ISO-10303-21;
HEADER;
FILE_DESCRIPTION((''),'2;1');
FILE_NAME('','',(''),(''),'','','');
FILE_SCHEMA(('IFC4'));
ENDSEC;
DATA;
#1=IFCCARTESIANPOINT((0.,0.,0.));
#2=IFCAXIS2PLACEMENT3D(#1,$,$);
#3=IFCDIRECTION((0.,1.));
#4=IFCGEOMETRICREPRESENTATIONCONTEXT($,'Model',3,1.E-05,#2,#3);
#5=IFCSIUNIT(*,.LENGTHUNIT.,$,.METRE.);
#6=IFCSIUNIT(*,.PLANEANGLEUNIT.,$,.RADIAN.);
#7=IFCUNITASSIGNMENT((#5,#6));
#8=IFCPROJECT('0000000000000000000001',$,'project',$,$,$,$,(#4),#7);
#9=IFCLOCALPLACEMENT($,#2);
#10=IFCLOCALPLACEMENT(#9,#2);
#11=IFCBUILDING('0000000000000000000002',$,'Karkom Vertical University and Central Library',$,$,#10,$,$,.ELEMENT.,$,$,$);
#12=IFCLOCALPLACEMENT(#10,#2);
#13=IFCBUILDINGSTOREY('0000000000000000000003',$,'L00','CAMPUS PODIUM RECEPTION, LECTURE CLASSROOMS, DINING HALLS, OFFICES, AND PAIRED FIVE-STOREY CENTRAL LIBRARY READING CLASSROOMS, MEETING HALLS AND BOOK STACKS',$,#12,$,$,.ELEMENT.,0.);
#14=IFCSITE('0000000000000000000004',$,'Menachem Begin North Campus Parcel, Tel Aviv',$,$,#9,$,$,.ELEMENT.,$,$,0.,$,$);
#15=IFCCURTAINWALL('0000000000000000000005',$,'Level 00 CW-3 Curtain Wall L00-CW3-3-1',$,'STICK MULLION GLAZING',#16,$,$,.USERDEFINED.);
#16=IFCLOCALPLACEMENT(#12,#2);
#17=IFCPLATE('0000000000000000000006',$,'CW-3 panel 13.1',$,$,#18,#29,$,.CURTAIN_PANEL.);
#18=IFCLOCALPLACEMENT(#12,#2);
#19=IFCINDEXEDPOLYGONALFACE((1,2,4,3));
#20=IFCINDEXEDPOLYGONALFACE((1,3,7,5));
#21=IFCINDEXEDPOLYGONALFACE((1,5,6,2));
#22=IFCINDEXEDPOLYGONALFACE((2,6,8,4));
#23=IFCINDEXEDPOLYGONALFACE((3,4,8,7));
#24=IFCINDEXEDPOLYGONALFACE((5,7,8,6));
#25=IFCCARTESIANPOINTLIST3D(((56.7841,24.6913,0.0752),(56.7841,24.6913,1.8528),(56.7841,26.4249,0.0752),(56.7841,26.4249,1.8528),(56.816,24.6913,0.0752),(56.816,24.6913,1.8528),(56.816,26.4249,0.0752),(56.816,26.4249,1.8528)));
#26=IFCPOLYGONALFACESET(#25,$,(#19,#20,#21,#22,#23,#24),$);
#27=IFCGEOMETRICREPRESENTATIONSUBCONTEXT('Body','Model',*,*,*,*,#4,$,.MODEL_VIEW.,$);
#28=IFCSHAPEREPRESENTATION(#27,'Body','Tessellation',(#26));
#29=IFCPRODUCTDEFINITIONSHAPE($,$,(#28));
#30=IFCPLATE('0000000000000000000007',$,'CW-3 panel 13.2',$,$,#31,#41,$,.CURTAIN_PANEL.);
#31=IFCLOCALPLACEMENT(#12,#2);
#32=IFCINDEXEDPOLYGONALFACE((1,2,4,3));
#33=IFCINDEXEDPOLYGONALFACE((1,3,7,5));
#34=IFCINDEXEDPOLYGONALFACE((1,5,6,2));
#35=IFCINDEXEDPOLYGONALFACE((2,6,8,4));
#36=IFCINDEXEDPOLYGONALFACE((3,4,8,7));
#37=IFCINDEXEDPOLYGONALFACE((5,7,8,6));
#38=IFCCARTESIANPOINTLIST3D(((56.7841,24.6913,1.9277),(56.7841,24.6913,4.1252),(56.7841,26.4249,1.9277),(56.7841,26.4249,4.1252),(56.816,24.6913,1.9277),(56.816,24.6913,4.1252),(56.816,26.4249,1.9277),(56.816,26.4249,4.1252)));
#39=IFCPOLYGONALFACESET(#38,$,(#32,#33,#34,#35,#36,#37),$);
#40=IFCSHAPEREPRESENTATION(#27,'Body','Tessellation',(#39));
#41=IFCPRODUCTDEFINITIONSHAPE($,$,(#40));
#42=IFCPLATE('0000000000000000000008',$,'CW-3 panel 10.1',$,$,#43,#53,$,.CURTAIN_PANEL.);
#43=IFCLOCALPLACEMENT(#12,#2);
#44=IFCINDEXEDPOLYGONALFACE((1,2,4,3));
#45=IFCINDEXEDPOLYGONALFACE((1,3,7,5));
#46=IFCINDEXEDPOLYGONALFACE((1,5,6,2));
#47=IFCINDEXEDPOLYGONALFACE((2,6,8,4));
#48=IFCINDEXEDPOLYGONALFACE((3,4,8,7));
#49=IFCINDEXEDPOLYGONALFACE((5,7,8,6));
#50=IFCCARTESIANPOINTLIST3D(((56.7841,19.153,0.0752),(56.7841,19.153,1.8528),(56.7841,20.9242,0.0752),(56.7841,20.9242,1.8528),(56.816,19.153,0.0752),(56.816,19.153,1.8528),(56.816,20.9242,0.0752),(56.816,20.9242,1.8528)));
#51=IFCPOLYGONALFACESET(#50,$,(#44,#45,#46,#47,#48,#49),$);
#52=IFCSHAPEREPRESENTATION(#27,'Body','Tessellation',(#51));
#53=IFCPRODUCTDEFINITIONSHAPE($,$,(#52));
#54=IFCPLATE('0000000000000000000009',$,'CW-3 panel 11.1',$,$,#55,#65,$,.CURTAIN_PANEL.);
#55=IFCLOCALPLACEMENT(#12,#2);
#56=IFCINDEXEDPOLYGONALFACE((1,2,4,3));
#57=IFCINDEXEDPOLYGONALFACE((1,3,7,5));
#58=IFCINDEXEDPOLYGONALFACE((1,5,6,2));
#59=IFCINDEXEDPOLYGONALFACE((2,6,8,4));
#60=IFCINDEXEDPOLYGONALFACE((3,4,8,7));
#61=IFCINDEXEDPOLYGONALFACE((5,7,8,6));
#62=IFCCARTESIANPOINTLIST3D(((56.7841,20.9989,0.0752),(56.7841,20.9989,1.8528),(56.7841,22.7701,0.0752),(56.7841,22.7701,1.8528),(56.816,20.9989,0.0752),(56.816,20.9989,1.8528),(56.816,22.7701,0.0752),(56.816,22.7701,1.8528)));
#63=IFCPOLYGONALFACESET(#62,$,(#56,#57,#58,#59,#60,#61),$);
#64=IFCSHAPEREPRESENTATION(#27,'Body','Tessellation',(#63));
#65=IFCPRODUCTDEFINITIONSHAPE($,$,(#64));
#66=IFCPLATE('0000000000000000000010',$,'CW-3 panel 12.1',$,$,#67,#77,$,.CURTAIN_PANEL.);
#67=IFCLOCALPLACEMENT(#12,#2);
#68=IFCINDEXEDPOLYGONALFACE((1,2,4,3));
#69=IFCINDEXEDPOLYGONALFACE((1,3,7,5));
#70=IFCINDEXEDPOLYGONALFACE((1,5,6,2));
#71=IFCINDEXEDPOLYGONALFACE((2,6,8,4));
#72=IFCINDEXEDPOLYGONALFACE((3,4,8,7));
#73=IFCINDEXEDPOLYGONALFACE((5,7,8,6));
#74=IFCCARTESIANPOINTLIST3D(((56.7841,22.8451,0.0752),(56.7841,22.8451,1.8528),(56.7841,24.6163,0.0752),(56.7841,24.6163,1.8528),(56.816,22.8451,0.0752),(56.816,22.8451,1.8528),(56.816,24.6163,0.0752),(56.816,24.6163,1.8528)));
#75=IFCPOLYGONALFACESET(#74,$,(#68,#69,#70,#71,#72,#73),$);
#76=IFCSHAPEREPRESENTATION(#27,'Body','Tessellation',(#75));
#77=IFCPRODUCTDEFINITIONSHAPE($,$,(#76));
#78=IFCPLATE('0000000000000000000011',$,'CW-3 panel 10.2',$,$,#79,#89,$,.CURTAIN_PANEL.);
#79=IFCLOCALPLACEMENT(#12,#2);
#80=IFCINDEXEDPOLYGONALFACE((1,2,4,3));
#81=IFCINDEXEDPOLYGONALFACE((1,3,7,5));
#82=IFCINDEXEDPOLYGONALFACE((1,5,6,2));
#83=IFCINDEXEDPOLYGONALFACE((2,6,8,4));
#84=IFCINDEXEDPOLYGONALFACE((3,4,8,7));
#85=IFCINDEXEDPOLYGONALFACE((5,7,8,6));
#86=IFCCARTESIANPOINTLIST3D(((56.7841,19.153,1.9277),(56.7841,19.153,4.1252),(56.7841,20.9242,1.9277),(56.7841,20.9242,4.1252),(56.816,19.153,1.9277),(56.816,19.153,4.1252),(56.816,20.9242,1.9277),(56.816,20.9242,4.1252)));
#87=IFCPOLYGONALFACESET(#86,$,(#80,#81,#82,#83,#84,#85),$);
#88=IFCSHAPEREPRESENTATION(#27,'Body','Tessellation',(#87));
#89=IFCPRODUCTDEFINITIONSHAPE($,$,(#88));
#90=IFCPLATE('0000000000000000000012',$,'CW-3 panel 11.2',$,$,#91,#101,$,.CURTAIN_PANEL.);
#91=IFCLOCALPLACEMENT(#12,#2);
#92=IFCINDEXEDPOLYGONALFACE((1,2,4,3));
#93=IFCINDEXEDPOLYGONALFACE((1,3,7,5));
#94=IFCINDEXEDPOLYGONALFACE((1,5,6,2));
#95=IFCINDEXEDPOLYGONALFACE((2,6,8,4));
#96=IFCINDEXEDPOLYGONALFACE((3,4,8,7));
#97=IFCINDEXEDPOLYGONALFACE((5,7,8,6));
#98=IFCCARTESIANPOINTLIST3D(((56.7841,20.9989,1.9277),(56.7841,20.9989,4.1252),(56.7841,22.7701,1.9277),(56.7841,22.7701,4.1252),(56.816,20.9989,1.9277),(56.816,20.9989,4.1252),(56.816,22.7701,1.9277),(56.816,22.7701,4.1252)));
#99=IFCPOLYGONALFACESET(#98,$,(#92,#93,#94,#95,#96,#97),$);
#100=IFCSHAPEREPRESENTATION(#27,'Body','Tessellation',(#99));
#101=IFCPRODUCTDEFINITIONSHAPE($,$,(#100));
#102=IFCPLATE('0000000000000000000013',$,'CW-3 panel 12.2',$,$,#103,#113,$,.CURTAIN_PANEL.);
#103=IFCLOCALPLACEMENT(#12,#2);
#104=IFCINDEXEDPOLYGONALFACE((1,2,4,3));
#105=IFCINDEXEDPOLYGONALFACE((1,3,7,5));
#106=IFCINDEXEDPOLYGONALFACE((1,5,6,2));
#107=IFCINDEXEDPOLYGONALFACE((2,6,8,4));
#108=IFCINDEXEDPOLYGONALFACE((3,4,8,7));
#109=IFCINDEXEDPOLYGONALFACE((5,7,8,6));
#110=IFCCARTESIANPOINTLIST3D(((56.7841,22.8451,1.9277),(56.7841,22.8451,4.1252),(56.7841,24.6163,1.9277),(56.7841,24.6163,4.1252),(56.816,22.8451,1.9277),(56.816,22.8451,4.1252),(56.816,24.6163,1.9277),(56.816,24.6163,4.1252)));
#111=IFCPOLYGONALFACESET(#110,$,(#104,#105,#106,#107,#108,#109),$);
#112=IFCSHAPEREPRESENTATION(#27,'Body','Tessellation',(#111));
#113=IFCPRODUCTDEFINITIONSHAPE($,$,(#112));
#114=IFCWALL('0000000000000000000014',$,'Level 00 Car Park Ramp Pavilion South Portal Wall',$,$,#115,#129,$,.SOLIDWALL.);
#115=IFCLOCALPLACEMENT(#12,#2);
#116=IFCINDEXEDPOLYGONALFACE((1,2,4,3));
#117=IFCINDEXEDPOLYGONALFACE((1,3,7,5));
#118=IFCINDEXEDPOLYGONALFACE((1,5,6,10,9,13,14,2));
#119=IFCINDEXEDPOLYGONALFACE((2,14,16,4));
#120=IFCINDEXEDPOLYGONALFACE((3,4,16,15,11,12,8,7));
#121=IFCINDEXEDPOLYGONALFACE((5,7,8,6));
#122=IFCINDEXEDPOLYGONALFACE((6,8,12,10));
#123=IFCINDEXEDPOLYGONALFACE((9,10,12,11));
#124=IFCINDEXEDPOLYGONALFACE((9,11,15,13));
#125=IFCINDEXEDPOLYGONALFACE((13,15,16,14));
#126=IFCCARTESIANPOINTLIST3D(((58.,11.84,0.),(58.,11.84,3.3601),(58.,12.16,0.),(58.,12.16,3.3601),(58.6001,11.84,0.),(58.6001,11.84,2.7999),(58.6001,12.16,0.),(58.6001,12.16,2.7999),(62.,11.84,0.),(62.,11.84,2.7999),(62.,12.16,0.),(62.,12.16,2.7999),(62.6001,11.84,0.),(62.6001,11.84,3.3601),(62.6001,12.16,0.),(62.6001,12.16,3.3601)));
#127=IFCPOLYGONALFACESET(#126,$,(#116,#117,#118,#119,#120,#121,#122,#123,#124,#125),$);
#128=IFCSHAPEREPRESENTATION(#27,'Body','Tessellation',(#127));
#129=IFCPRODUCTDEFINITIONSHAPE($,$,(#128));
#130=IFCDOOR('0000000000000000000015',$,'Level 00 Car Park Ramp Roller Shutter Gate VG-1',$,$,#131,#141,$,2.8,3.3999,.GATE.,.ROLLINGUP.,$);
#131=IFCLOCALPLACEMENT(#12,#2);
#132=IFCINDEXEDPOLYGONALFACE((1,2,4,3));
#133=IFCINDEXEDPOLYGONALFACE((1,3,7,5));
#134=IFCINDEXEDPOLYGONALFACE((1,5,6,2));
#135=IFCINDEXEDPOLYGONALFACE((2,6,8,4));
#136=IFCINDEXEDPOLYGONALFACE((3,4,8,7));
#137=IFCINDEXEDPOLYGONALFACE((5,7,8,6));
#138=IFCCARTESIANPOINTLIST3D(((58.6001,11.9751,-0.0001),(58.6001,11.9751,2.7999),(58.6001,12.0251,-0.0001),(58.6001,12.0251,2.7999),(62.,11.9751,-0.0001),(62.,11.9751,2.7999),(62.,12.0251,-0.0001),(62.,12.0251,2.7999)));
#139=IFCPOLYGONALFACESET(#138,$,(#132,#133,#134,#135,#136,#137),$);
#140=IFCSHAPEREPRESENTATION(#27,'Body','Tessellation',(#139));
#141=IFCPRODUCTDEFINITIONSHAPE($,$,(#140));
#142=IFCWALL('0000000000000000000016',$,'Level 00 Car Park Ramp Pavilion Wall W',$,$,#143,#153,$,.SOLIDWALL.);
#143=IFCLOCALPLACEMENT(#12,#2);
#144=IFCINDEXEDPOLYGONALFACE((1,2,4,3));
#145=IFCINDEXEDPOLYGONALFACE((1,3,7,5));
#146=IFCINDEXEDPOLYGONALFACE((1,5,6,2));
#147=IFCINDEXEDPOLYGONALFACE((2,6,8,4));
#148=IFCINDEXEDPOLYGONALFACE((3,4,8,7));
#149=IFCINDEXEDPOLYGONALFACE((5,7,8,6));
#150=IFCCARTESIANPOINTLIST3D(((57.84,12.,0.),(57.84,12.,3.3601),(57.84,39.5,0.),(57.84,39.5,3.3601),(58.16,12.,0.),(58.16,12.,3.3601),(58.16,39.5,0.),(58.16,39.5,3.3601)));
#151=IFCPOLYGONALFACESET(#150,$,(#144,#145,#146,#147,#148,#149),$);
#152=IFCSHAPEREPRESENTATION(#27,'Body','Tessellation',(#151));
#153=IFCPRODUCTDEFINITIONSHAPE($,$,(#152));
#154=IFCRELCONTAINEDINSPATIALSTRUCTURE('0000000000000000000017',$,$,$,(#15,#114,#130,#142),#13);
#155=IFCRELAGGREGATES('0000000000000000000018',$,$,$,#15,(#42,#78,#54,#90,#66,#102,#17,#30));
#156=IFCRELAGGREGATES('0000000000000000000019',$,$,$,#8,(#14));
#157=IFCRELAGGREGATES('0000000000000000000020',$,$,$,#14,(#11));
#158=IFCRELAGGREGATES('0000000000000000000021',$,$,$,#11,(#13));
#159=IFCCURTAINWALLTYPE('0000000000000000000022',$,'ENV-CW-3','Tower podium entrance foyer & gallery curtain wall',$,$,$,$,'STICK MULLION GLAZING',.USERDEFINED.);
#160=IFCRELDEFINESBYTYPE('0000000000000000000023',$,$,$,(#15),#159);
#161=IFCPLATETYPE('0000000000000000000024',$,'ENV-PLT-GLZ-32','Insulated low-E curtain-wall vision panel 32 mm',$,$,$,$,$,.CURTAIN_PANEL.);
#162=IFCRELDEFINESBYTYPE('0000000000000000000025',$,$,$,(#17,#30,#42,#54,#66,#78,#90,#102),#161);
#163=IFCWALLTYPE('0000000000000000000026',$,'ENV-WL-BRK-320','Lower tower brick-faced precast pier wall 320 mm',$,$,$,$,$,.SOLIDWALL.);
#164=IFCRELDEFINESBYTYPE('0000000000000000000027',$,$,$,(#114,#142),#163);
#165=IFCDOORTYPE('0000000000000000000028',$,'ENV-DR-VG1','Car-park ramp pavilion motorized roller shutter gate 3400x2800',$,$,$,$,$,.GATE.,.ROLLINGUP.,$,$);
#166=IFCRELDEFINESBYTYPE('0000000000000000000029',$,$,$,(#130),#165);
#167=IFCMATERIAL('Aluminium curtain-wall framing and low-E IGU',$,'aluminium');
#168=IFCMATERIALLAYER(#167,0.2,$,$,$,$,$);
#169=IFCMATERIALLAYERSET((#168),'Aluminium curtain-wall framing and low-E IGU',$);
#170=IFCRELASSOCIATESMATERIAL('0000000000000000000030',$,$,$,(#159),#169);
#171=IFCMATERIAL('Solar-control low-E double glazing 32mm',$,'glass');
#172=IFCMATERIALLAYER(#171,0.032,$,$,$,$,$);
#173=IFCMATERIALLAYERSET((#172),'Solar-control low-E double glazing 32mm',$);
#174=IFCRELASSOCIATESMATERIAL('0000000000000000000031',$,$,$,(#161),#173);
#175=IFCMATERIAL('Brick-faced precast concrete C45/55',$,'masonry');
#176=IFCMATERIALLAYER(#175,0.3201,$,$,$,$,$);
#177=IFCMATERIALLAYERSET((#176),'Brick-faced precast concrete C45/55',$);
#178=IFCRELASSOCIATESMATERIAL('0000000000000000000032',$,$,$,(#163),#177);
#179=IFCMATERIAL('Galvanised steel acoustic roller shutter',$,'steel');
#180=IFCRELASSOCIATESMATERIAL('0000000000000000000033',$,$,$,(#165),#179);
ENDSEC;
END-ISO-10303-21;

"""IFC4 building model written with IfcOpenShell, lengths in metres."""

from ifc_helpers import new_model, si_unit, direction, frame, frame_2d, origin, origin_with_axes, origin_2d, place, context, subcontext, project, spatial, rectangle, extrude, source, transform, mapped, material, layer, layer_set, type_object, element, fill, aggregate, save


model = new_model("IFC4")

# Units and contexts
model_context = context("Model", 3, precision=1e-05, world=origin(), true_north=direction((0.0, 1.0)))
body_context = subcontext(model_context, "Body", "Model", "MODEL_VIEW")
ifc_project = project(units=[si_unit("LENGTHUNIT", "METRE"), si_unit("PLANEANGLEUNIT", "RADIAN")], contexts=[model_context])

# Site, building, storey
site_placement = place(None, origin())
site = spatial("IfcSite", under=ifc_project, at=site_placement, Name="Menachem Begin North Campus Parcel, Tel Aviv", CompositionType="ELEMENT", RefElevation=0.0)
building_placement = place(site_placement, origin())
building = spatial("IfcBuilding", under=site, at=building_placement, Name="Karkom Vertical University and Central Library", CompositionType="ELEMENT")
storey_placement = place(building_placement, origin())
storey = spatial("IfcBuildingStorey", under=building, at=storey_placement, Name="L00", Description="CAMPUS PODIUM RECEPTION, LECTURE CLASSROOMS, DINING HALLS, OFFICES, AND PAIRED FIVE-STOREY CENTRAL LIBRARY READING CLASSROOMS, MEETING HALLS AND BOOK STACKS", CompositionType="ELEMENT", Elevation=0.0)

# Curtain wall, plates
ifc_material_1 = material(Name="Aluminium curtain-wall framing and low-E IGU", Category="aluminium")
ifc_layer_1 = layer(ifc_material_1, 0.2)
ifc_layer_set_1 = layer_set([ifc_layer_1], Name="Aluminium curtain-wall framing and low-E IGU")
curtain_wall_type = type_object("IfcCurtainWallType", Name="ENV-CW-3", Description="Tower podium entrance foyer & gallery curtain wall", ElementType="STICK MULLION GLAZING", PredefinedType="USERDEFINED", material=ifc_layer_set_1)
curtain_wall_placement = place(storey_placement, origin())
curtain_wall = element("IfcCurtainWall", 1, at=curtain_wall_placement, inside=storey, type_object=curtain_wall_type, Name="Level 00 CW-3 Curtain Wall L00-CW3-3-1", ObjectType="STICK MULLION GLAZING", PredefinedType="USERDEFINED")
ifc_material_2 = material(Name="Solar-control low-E double glazing 32mm", Category="glass")
ifc_layer_2 = layer(ifc_material_2, 0.032)
ifc_layer_set_2 = layer_set([ifc_layer_2], Name="Solar-control low-E double glazing 32mm")
plate_type = type_object("IfcPlateType", Name="ENV-PLT-GLZ-32", Description="Insulated low-E curtain-wall vision panel 32 mm", PredefinedType="CURTAIN_PANEL", material=ifc_layer_set_2)
shared_shape_1 = source(origin_with_axes(), body_context, "Body", "SweptSolid", [
    extrude(rectangle(XDim=1.7336, YDim=0.032, at=origin_2d()), origin(), (0.0, 0.0, 1.0), 1.7776),
])
plate_1_placement = place(storey_placement, frame((56.8, 25.5581, 0.0752), z_axis=(0.0, 0.0, 1.0), x_axis=(0.0, 1.0, 0.0)))
plate_1 = element("IfcPlate", 2, at=plate_1_placement, type_object=plate_type, Name="CW-3 panel 13.1", PredefinedType="CURTAIN_PANEL", context=body_context, shape_type="MappedRepresentation", body=[
    mapped(shared_shape_1, transform((0.0, 0.0, 0.0), scale=1.0)),
])
shared_shape_2 = source(origin_with_axes(), body_context, "Body", "SweptSolid", [
    extrude(rectangle(XDim=1.7336, YDim=0.032, at=origin_2d()), origin(), (0.0, 0.0, 1.0), 2.1975),
])
plate_2_placement = place(storey_placement, frame((56.8, 25.5581, 1.9277), z_axis=(0.0, 0.0, 1.0), x_axis=(0.0, 1.0, 0.0)))
plate_2 = element("IfcPlate", 3, at=plate_2_placement, type_object=plate_type, Name="CW-3 panel 13.2", PredefinedType="CURTAIN_PANEL", context=body_context, shape_type="MappedRepresentation", body=[
    mapped(shared_shape_2, transform((0.0, 0.0, 0.0), scale=1.0)),
])
shared_shape_3 = source(origin_with_axes(), body_context, "Body", "SweptSolid", [
    extrude(rectangle(XDim=1.7712, YDim=0.032, at=origin_2d()), origin(), (0.0, 0.0, 1.0), 1.7776),
])
plate_3_placement = place(storey_placement, frame((56.8, 20.0386, 0.0752), z_axis=(0.0, 0.0, 1.0), x_axis=(0.0, 1.0, 0.0)))
plate_3 = element("IfcPlate", 4, at=plate_3_placement, type_object=plate_type, Name="CW-3 panel 10.1", PredefinedType="CURTAIN_PANEL", context=body_context, shape_type="MappedRepresentation", body=[
    mapped(shared_shape_3, transform((0.0, 0.0, 0.0), scale=1.0)),
])
plate_4_placement = place(storey_placement, frame((56.8, 21.8845, 0.0752), z_axis=(0.0, 0.0, 1.0), x_axis=(0.0, 1.0, 0.0)))
plate_4 = element("IfcPlate", 5, at=plate_4_placement, type_object=plate_type, Name="CW-3 panel 11.1", PredefinedType="CURTAIN_PANEL", context=body_context, shape_type="MappedRepresentation", body=[
    mapped(shared_shape_3, transform((0.0, 0.0, 0.0), scale=1.0)),
])
plate_5_placement = place(storey_placement, frame((56.8, 23.7307, 0.0752), z_axis=(0.0, 0.0, 1.0), x_axis=(0.0, 1.0, 0.0)))
plate_5 = element("IfcPlate", 6, at=plate_5_placement, type_object=plate_type, Name="CW-3 panel 12.1", PredefinedType="CURTAIN_PANEL", context=body_context, shape_type="MappedRepresentation", body=[
    mapped(shared_shape_3, transform((0.0, 0.0, 0.0), scale=1.0)),
])
shared_shape_4 = source(origin_with_axes(), body_context, "Body", "SweptSolid", [
    extrude(rectangle(XDim=1.7712, YDim=0.032, at=origin_2d()), origin(), (0.0, 0.0, 1.0), 2.1975),
])
plate_6_placement = place(storey_placement, frame((56.8, 20.0386, 1.9277), z_axis=(0.0, 0.0, 1.0), x_axis=(0.0, 1.0, 0.0)))
plate_6 = element("IfcPlate", 7, at=plate_6_placement, type_object=plate_type, Name="CW-3 panel 10.2", PredefinedType="CURTAIN_PANEL", context=body_context, shape_type="MappedRepresentation", body=[
    mapped(shared_shape_4, transform((0.0, 0.0, 0.0), scale=1.0)),
])
plate_7_placement = place(storey_placement, frame((56.8, 21.8845, 1.9277), z_axis=(0.0, 0.0, 1.0), x_axis=(0.0, 1.0, 0.0)))
plate_7 = element("IfcPlate", 8, at=plate_7_placement, type_object=plate_type, Name="CW-3 panel 11.2", PredefinedType="CURTAIN_PANEL", context=body_context, shape_type="MappedRepresentation", body=[
    mapped(shared_shape_4, transform((0.0, 0.0, 0.0), scale=1.0)),
])
plate_8_placement = place(storey_placement, frame((56.8, 23.7307, 1.9277), z_axis=(0.0, 0.0, 1.0), x_axis=(0.0, 1.0, 0.0)))
plate_8 = element("IfcPlate", 9, at=plate_8_placement, type_object=plate_type, Name="CW-3 panel 12.2", PredefinedType="CURTAIN_PANEL", context=body_context, shape_type="MappedRepresentation", body=[
    mapped(shared_shape_4, transform((0.0, 0.0, 0.0), scale=1.0)),
])
aggregate(curtain_wall, [plate_3, plate_6, plate_4, plate_7, plate_5, plate_8, plate_1, plate_2])

# Wall, opening, door
ifc_material_3 = material(Name="Brick-faced precast concrete C45/55", Category="masonry")
ifc_layer_3 = layer(ifc_material_3, 0.3201)
ifc_layer_set_3 = layer_set([ifc_layer_3], Name="Brick-faced precast concrete C45/55")
wall_type = type_object("IfcWallType", Name="ENV-WL-BRK-320", Description="Lower tower brick-faced precast pier wall 320 mm", PredefinedType="SOLIDWALL", material=ifc_layer_set_3)
wall_1_placement = place(storey_placement, frame((62.6001, 12.0, 0.0), z_axis=(0.0, 0.0, 1.0), x_axis=(-1.0, 0.0, 0.0)))
wall_1 = element("IfcWall", 10, at=wall_1_placement, inside=storey, type_object=wall_type, Name="Level 00 Car Park Ramp Pavilion South Portal Wall", PredefinedType="SOLIDWALL", context=body_context, shape_type="SweptSolid", body=[
    extrude(rectangle(XDim=4.6001, YDim=0.3201, at=frame_2d((2.3, 0.0))), origin(), (0.0, 0.0, 1.0), 3.3601),
])
opening_placement = place(wall_1_placement, frame((0.6001, 0.0, 0.0)))
opening = element("IfcOpeningElement", 11, at=opening_placement, cuts=wall_1, PredefinedType="OPENING", context=body_context, shape_type="SweptSolid", body=[
    extrude(rectangle(XDim=3.3999, YDim=2.8, at=frame_2d((1.7, 1.3999))), frame((0.0, 0.1699, 0.0), z_axis=(0.0, -1.0, 0.0), x_axis=(1.0, 0.0, 0.0)), (0.0, 0.0, 1.0), 0.3401),
])
ifc_material_4 = material(Name="Galvanised steel acoustic roller shutter", Category="steel")
door_type = type_object("IfcDoorType", Name="ENV-DR-VG1", Description="Car-park ramp pavilion motorized roller shutter gate 3400x2800", OperationType="ROLLINGUP", PredefinedType="GATE", material=ifc_material_4)
shared_shape_5 = source(origin_with_axes(), body_context, "Body", "SweptSolid", [
    extrude(rectangle(XDim=3.3999, YDim=2.8, at=frame_2d((1.7, 1.3999))), frame((0.0, 0.0249, 0.0), z_axis=(0.0, -1.0, 0.0), x_axis=(1.0, 0.0, 0.0)), (0.0, 0.0, 1.0), 0.05),
])
door_placement = place(opening_placement, origin())
door = element("IfcDoor", 12, at=door_placement, inside=storey, type_object=door_type, Name="Level 00 Car Park Ramp Roller Shutter Gate VG-1", OperationType="ROLLINGUP", OverallHeight=2.8, OverallWidth=3.3999, PredefinedType="GATE", context=body_context, shape_type="MappedRepresentation", body=[
    mapped(shared_shape_5, transform((0.0, 0.0, 0.0), scale=1.0)),
])
fill(opening, door)

# Wall
wall_2_placement = place(storey_placement, frame((58.0, 12.0, 0.0), z_axis=(0.0, 0.0, 1.0), x_axis=(0.0, 1.0, 0.0)))
element("IfcWall", 13, at=wall_2_placement, inside=storey, type_object=wall_type, Name="Level 00 Car Park Ramp Pavilion Wall W", PredefinedType="SOLIDWALL", context=body_context, shape_type="SweptSolid", body=[
    extrude(rectangle(XDim=27.5, YDim=0.3201, at=frame_2d((13.75, 0.0))), origin(), (0.0, 0.0, 1.0), 3.3601),
])

save(model, "model.ifc")
